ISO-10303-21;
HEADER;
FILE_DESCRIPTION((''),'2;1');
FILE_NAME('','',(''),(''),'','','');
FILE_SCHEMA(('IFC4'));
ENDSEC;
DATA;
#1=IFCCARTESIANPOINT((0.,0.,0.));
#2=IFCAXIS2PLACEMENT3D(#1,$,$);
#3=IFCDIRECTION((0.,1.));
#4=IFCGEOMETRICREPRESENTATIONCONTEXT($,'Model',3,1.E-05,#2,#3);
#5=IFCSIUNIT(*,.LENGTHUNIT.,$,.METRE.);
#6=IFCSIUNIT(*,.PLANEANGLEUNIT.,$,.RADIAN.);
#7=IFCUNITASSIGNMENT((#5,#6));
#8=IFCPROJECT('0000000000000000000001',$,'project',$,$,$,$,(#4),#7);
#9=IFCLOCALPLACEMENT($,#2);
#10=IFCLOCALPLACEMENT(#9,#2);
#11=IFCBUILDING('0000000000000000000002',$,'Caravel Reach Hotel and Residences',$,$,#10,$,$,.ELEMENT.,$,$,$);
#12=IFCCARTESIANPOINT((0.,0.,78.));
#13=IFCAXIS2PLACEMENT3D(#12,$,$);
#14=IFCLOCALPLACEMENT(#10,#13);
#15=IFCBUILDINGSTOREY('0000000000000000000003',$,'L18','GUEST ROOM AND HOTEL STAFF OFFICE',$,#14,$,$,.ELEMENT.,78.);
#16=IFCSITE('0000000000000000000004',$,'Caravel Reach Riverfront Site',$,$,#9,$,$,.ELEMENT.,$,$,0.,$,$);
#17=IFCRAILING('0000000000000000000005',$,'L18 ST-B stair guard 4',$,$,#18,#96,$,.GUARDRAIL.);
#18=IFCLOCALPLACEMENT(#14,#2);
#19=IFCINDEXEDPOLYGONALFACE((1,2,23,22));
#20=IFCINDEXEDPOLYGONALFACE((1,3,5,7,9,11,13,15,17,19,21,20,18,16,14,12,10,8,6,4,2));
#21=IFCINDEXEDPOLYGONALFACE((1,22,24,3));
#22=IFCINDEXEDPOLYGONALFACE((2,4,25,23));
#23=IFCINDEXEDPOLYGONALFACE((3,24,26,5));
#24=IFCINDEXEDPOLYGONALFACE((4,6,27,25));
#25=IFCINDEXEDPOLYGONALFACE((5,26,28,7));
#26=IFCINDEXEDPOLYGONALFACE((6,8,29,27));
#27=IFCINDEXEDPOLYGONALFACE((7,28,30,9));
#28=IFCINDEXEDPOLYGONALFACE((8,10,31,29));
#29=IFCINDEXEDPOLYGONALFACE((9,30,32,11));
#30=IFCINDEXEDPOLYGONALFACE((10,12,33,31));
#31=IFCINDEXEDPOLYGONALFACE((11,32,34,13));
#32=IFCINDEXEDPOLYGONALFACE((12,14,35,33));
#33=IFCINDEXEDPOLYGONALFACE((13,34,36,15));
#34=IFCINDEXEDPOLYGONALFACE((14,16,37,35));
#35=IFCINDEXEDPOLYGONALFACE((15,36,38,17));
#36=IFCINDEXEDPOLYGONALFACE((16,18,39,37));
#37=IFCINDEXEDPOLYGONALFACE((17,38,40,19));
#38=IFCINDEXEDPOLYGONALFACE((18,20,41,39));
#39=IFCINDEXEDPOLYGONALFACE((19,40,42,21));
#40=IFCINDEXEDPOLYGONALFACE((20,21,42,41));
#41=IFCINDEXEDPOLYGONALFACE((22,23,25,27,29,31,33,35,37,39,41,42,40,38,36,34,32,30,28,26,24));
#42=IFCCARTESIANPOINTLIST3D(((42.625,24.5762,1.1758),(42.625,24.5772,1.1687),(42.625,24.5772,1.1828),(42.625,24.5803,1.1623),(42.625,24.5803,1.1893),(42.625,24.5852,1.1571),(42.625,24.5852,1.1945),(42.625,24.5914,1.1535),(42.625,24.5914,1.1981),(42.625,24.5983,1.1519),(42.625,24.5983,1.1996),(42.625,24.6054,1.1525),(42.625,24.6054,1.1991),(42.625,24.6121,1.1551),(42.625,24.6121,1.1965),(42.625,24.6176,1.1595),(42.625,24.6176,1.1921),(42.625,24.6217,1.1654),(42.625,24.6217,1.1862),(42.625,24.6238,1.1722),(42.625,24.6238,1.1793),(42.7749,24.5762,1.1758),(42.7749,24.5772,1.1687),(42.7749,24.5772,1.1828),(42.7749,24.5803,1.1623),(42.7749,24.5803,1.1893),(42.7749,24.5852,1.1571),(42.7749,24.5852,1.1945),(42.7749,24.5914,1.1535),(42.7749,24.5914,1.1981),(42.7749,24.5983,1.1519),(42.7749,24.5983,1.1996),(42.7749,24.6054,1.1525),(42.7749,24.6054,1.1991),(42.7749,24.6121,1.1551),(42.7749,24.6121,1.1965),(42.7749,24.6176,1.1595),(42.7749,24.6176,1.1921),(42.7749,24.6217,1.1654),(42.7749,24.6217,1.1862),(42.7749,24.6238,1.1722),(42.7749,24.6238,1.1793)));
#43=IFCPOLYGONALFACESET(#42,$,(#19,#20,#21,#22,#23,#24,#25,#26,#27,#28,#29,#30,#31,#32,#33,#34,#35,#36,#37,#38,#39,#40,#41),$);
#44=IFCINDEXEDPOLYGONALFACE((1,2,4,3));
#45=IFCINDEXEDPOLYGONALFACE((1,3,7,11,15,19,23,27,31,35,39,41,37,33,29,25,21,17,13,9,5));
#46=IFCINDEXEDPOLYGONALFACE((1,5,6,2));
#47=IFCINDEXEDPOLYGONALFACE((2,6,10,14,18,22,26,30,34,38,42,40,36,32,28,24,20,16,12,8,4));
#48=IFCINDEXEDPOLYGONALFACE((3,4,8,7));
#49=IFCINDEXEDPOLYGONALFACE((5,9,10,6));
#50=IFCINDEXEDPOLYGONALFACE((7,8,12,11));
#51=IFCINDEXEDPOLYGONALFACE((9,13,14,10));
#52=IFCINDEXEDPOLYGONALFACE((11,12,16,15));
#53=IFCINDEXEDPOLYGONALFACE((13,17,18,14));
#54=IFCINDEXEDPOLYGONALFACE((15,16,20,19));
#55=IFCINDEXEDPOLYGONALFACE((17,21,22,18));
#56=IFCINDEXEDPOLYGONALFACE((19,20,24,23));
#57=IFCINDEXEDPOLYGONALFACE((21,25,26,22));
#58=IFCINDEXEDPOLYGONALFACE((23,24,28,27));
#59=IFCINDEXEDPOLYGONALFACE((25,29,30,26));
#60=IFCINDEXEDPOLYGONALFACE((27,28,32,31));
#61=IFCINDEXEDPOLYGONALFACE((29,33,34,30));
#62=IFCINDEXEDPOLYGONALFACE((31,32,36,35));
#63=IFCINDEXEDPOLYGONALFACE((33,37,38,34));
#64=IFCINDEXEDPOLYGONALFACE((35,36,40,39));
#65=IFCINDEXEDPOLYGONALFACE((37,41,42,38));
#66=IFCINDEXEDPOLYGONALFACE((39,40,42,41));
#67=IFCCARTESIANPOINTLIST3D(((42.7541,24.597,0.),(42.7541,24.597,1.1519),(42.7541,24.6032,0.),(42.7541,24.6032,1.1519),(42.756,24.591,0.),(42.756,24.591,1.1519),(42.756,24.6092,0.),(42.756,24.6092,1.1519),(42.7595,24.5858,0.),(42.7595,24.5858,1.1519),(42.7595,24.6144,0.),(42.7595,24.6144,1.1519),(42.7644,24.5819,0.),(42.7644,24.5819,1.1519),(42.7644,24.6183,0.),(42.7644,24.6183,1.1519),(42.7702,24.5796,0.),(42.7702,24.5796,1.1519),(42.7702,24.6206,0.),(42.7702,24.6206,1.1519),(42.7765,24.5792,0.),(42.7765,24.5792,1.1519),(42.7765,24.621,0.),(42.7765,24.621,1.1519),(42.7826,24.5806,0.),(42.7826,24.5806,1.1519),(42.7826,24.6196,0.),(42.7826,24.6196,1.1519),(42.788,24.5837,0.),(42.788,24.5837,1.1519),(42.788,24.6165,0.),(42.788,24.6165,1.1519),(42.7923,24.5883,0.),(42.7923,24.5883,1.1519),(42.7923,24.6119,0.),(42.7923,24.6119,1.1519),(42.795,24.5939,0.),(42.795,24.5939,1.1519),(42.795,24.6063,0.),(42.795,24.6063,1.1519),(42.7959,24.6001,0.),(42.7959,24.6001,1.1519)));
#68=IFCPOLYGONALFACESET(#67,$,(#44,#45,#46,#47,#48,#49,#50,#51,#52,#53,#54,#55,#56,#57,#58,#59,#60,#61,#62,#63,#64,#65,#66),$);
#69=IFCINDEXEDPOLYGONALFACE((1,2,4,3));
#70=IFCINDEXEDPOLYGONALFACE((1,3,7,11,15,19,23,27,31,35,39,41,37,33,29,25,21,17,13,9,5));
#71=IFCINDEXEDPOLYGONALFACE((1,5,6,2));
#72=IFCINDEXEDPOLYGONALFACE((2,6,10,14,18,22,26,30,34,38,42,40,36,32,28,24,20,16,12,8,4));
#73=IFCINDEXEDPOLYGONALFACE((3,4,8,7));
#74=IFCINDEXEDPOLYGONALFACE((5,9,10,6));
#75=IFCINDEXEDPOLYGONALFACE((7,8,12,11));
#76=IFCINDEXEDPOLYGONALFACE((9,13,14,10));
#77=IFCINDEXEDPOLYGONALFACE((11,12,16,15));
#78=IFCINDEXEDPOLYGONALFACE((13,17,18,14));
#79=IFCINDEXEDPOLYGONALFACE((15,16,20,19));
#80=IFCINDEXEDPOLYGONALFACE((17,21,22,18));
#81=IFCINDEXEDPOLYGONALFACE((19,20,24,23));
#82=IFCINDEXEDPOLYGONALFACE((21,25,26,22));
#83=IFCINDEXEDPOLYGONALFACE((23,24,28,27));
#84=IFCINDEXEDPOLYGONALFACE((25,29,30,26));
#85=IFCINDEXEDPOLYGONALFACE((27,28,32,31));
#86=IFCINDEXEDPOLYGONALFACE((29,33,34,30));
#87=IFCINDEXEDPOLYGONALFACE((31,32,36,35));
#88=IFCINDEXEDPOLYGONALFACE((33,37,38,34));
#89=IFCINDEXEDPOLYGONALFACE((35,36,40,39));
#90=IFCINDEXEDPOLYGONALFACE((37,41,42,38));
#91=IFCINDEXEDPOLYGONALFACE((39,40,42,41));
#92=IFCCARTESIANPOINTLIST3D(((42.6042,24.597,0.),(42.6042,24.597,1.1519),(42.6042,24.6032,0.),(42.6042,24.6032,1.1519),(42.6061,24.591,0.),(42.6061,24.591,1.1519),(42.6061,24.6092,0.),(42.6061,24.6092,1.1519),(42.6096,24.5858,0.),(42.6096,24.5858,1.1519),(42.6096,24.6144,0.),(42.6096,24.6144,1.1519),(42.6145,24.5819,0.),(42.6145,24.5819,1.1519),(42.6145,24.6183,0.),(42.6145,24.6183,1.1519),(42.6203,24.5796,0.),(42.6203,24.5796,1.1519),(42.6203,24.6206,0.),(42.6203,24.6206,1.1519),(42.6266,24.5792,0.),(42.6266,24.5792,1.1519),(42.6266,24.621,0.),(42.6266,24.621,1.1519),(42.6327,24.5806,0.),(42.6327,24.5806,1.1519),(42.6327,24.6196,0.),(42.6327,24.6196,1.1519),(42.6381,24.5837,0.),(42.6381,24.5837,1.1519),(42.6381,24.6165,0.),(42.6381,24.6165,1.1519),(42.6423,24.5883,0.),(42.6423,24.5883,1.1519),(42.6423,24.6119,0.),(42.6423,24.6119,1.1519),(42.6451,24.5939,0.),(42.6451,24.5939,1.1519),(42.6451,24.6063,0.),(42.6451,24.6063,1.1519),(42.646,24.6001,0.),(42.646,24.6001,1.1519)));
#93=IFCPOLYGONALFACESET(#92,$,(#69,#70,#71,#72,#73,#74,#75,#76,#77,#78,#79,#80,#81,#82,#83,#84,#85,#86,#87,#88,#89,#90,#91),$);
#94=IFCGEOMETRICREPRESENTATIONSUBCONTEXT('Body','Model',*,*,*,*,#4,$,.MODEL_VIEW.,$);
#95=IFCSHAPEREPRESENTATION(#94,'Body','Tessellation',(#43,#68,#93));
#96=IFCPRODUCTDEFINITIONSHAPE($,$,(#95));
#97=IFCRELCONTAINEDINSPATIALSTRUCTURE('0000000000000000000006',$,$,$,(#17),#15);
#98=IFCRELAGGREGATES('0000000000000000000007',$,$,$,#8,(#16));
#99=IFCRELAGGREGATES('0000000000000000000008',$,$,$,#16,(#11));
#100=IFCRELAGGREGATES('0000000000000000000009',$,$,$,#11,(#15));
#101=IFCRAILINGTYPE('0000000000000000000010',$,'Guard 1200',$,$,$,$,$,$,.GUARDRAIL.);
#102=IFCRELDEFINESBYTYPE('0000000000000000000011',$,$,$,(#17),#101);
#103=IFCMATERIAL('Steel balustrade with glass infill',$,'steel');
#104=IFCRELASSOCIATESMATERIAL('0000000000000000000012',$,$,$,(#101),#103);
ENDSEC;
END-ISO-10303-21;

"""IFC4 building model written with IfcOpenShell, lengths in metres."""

from ifc_helpers import new_model, si_unit, direction, frame, origin, origin_2d, place, context, subcontext, project, spatial, circle, extrude, material, type_object, element, save


model = new_model("IFC4")

# Units and contexts
model_context = context("Model", 3, precision=1e-05, world=origin(), true_north=direction((0.0, 1.0)))
body_context = subcontext(model_context, "Body", "Model", "MODEL_VIEW")
ifc_project = project(units=[si_unit("LENGTHUNIT", "METRE"), si_unit("PLANEANGLEUNIT", "RADIAN")], contexts=[model_context])

# Site, building, storey
site_placement = place(None, origin())
site = spatial("IfcSite", under=ifc_project, at=site_placement, Name="Caravel Reach Riverfront Site", CompositionType="ELEMENT", RefElevation=0.0)
building_placement = place(site_placement, origin())
building = spatial("IfcBuilding", under=site, at=building_placement, Name="Caravel Reach Hotel and Residences", CompositionType="ELEMENT")
storey_placement = place(building_placement, frame((0.0, 0.0, 78.0)))
storey = spatial("IfcBuildingStorey", under=building, at=storey_placement, Name="L18", Description="GUEST ROOM AND HOTEL STAFF OFFICE", CompositionType="ELEMENT", Elevation=78.0)

# Railing
ifc_material_1 = material(Name="Steel balustrade with glass infill", Category="steel")
railing_type_1 = type_object("IfcRailingType", Name="Guard 1200", PredefinedType="GUARDRAIL", material=ifc_material_1)
railing_1_placement = place(storey_placement, frame((42.7749, 24.6001, 0.0)))
element("IfcRailing", 1, at=railing_1_placement, inside=storey, type_object=railing_type_1, Name="L18 ST-B stair guard 4", PredefinedType="GUARDRAIL", context=body_context, shape_type="SweptSolid", body=[
    extrude(circle(Radius=0.0239, at=origin_2d()), frame((0.0, 0.0, 1.1758), z_axis=(-1.0, 0.0, 0.0), x_axis=(0.0, -1.0, 0.0)), (0.0, 0.0, 1.0), 0.1499),
    extrude(circle(Radius=0.021, at=origin_2d()), origin(), (0.0, 0.0, 1.0), 1.1519),
    extrude(circle(Radius=0.021, at=origin_2d()), frame((-0.1499, 0.0, 0.0)), (0.0, 0.0, 1.0), 1.1519),
])

save(model, "model.ifc")
